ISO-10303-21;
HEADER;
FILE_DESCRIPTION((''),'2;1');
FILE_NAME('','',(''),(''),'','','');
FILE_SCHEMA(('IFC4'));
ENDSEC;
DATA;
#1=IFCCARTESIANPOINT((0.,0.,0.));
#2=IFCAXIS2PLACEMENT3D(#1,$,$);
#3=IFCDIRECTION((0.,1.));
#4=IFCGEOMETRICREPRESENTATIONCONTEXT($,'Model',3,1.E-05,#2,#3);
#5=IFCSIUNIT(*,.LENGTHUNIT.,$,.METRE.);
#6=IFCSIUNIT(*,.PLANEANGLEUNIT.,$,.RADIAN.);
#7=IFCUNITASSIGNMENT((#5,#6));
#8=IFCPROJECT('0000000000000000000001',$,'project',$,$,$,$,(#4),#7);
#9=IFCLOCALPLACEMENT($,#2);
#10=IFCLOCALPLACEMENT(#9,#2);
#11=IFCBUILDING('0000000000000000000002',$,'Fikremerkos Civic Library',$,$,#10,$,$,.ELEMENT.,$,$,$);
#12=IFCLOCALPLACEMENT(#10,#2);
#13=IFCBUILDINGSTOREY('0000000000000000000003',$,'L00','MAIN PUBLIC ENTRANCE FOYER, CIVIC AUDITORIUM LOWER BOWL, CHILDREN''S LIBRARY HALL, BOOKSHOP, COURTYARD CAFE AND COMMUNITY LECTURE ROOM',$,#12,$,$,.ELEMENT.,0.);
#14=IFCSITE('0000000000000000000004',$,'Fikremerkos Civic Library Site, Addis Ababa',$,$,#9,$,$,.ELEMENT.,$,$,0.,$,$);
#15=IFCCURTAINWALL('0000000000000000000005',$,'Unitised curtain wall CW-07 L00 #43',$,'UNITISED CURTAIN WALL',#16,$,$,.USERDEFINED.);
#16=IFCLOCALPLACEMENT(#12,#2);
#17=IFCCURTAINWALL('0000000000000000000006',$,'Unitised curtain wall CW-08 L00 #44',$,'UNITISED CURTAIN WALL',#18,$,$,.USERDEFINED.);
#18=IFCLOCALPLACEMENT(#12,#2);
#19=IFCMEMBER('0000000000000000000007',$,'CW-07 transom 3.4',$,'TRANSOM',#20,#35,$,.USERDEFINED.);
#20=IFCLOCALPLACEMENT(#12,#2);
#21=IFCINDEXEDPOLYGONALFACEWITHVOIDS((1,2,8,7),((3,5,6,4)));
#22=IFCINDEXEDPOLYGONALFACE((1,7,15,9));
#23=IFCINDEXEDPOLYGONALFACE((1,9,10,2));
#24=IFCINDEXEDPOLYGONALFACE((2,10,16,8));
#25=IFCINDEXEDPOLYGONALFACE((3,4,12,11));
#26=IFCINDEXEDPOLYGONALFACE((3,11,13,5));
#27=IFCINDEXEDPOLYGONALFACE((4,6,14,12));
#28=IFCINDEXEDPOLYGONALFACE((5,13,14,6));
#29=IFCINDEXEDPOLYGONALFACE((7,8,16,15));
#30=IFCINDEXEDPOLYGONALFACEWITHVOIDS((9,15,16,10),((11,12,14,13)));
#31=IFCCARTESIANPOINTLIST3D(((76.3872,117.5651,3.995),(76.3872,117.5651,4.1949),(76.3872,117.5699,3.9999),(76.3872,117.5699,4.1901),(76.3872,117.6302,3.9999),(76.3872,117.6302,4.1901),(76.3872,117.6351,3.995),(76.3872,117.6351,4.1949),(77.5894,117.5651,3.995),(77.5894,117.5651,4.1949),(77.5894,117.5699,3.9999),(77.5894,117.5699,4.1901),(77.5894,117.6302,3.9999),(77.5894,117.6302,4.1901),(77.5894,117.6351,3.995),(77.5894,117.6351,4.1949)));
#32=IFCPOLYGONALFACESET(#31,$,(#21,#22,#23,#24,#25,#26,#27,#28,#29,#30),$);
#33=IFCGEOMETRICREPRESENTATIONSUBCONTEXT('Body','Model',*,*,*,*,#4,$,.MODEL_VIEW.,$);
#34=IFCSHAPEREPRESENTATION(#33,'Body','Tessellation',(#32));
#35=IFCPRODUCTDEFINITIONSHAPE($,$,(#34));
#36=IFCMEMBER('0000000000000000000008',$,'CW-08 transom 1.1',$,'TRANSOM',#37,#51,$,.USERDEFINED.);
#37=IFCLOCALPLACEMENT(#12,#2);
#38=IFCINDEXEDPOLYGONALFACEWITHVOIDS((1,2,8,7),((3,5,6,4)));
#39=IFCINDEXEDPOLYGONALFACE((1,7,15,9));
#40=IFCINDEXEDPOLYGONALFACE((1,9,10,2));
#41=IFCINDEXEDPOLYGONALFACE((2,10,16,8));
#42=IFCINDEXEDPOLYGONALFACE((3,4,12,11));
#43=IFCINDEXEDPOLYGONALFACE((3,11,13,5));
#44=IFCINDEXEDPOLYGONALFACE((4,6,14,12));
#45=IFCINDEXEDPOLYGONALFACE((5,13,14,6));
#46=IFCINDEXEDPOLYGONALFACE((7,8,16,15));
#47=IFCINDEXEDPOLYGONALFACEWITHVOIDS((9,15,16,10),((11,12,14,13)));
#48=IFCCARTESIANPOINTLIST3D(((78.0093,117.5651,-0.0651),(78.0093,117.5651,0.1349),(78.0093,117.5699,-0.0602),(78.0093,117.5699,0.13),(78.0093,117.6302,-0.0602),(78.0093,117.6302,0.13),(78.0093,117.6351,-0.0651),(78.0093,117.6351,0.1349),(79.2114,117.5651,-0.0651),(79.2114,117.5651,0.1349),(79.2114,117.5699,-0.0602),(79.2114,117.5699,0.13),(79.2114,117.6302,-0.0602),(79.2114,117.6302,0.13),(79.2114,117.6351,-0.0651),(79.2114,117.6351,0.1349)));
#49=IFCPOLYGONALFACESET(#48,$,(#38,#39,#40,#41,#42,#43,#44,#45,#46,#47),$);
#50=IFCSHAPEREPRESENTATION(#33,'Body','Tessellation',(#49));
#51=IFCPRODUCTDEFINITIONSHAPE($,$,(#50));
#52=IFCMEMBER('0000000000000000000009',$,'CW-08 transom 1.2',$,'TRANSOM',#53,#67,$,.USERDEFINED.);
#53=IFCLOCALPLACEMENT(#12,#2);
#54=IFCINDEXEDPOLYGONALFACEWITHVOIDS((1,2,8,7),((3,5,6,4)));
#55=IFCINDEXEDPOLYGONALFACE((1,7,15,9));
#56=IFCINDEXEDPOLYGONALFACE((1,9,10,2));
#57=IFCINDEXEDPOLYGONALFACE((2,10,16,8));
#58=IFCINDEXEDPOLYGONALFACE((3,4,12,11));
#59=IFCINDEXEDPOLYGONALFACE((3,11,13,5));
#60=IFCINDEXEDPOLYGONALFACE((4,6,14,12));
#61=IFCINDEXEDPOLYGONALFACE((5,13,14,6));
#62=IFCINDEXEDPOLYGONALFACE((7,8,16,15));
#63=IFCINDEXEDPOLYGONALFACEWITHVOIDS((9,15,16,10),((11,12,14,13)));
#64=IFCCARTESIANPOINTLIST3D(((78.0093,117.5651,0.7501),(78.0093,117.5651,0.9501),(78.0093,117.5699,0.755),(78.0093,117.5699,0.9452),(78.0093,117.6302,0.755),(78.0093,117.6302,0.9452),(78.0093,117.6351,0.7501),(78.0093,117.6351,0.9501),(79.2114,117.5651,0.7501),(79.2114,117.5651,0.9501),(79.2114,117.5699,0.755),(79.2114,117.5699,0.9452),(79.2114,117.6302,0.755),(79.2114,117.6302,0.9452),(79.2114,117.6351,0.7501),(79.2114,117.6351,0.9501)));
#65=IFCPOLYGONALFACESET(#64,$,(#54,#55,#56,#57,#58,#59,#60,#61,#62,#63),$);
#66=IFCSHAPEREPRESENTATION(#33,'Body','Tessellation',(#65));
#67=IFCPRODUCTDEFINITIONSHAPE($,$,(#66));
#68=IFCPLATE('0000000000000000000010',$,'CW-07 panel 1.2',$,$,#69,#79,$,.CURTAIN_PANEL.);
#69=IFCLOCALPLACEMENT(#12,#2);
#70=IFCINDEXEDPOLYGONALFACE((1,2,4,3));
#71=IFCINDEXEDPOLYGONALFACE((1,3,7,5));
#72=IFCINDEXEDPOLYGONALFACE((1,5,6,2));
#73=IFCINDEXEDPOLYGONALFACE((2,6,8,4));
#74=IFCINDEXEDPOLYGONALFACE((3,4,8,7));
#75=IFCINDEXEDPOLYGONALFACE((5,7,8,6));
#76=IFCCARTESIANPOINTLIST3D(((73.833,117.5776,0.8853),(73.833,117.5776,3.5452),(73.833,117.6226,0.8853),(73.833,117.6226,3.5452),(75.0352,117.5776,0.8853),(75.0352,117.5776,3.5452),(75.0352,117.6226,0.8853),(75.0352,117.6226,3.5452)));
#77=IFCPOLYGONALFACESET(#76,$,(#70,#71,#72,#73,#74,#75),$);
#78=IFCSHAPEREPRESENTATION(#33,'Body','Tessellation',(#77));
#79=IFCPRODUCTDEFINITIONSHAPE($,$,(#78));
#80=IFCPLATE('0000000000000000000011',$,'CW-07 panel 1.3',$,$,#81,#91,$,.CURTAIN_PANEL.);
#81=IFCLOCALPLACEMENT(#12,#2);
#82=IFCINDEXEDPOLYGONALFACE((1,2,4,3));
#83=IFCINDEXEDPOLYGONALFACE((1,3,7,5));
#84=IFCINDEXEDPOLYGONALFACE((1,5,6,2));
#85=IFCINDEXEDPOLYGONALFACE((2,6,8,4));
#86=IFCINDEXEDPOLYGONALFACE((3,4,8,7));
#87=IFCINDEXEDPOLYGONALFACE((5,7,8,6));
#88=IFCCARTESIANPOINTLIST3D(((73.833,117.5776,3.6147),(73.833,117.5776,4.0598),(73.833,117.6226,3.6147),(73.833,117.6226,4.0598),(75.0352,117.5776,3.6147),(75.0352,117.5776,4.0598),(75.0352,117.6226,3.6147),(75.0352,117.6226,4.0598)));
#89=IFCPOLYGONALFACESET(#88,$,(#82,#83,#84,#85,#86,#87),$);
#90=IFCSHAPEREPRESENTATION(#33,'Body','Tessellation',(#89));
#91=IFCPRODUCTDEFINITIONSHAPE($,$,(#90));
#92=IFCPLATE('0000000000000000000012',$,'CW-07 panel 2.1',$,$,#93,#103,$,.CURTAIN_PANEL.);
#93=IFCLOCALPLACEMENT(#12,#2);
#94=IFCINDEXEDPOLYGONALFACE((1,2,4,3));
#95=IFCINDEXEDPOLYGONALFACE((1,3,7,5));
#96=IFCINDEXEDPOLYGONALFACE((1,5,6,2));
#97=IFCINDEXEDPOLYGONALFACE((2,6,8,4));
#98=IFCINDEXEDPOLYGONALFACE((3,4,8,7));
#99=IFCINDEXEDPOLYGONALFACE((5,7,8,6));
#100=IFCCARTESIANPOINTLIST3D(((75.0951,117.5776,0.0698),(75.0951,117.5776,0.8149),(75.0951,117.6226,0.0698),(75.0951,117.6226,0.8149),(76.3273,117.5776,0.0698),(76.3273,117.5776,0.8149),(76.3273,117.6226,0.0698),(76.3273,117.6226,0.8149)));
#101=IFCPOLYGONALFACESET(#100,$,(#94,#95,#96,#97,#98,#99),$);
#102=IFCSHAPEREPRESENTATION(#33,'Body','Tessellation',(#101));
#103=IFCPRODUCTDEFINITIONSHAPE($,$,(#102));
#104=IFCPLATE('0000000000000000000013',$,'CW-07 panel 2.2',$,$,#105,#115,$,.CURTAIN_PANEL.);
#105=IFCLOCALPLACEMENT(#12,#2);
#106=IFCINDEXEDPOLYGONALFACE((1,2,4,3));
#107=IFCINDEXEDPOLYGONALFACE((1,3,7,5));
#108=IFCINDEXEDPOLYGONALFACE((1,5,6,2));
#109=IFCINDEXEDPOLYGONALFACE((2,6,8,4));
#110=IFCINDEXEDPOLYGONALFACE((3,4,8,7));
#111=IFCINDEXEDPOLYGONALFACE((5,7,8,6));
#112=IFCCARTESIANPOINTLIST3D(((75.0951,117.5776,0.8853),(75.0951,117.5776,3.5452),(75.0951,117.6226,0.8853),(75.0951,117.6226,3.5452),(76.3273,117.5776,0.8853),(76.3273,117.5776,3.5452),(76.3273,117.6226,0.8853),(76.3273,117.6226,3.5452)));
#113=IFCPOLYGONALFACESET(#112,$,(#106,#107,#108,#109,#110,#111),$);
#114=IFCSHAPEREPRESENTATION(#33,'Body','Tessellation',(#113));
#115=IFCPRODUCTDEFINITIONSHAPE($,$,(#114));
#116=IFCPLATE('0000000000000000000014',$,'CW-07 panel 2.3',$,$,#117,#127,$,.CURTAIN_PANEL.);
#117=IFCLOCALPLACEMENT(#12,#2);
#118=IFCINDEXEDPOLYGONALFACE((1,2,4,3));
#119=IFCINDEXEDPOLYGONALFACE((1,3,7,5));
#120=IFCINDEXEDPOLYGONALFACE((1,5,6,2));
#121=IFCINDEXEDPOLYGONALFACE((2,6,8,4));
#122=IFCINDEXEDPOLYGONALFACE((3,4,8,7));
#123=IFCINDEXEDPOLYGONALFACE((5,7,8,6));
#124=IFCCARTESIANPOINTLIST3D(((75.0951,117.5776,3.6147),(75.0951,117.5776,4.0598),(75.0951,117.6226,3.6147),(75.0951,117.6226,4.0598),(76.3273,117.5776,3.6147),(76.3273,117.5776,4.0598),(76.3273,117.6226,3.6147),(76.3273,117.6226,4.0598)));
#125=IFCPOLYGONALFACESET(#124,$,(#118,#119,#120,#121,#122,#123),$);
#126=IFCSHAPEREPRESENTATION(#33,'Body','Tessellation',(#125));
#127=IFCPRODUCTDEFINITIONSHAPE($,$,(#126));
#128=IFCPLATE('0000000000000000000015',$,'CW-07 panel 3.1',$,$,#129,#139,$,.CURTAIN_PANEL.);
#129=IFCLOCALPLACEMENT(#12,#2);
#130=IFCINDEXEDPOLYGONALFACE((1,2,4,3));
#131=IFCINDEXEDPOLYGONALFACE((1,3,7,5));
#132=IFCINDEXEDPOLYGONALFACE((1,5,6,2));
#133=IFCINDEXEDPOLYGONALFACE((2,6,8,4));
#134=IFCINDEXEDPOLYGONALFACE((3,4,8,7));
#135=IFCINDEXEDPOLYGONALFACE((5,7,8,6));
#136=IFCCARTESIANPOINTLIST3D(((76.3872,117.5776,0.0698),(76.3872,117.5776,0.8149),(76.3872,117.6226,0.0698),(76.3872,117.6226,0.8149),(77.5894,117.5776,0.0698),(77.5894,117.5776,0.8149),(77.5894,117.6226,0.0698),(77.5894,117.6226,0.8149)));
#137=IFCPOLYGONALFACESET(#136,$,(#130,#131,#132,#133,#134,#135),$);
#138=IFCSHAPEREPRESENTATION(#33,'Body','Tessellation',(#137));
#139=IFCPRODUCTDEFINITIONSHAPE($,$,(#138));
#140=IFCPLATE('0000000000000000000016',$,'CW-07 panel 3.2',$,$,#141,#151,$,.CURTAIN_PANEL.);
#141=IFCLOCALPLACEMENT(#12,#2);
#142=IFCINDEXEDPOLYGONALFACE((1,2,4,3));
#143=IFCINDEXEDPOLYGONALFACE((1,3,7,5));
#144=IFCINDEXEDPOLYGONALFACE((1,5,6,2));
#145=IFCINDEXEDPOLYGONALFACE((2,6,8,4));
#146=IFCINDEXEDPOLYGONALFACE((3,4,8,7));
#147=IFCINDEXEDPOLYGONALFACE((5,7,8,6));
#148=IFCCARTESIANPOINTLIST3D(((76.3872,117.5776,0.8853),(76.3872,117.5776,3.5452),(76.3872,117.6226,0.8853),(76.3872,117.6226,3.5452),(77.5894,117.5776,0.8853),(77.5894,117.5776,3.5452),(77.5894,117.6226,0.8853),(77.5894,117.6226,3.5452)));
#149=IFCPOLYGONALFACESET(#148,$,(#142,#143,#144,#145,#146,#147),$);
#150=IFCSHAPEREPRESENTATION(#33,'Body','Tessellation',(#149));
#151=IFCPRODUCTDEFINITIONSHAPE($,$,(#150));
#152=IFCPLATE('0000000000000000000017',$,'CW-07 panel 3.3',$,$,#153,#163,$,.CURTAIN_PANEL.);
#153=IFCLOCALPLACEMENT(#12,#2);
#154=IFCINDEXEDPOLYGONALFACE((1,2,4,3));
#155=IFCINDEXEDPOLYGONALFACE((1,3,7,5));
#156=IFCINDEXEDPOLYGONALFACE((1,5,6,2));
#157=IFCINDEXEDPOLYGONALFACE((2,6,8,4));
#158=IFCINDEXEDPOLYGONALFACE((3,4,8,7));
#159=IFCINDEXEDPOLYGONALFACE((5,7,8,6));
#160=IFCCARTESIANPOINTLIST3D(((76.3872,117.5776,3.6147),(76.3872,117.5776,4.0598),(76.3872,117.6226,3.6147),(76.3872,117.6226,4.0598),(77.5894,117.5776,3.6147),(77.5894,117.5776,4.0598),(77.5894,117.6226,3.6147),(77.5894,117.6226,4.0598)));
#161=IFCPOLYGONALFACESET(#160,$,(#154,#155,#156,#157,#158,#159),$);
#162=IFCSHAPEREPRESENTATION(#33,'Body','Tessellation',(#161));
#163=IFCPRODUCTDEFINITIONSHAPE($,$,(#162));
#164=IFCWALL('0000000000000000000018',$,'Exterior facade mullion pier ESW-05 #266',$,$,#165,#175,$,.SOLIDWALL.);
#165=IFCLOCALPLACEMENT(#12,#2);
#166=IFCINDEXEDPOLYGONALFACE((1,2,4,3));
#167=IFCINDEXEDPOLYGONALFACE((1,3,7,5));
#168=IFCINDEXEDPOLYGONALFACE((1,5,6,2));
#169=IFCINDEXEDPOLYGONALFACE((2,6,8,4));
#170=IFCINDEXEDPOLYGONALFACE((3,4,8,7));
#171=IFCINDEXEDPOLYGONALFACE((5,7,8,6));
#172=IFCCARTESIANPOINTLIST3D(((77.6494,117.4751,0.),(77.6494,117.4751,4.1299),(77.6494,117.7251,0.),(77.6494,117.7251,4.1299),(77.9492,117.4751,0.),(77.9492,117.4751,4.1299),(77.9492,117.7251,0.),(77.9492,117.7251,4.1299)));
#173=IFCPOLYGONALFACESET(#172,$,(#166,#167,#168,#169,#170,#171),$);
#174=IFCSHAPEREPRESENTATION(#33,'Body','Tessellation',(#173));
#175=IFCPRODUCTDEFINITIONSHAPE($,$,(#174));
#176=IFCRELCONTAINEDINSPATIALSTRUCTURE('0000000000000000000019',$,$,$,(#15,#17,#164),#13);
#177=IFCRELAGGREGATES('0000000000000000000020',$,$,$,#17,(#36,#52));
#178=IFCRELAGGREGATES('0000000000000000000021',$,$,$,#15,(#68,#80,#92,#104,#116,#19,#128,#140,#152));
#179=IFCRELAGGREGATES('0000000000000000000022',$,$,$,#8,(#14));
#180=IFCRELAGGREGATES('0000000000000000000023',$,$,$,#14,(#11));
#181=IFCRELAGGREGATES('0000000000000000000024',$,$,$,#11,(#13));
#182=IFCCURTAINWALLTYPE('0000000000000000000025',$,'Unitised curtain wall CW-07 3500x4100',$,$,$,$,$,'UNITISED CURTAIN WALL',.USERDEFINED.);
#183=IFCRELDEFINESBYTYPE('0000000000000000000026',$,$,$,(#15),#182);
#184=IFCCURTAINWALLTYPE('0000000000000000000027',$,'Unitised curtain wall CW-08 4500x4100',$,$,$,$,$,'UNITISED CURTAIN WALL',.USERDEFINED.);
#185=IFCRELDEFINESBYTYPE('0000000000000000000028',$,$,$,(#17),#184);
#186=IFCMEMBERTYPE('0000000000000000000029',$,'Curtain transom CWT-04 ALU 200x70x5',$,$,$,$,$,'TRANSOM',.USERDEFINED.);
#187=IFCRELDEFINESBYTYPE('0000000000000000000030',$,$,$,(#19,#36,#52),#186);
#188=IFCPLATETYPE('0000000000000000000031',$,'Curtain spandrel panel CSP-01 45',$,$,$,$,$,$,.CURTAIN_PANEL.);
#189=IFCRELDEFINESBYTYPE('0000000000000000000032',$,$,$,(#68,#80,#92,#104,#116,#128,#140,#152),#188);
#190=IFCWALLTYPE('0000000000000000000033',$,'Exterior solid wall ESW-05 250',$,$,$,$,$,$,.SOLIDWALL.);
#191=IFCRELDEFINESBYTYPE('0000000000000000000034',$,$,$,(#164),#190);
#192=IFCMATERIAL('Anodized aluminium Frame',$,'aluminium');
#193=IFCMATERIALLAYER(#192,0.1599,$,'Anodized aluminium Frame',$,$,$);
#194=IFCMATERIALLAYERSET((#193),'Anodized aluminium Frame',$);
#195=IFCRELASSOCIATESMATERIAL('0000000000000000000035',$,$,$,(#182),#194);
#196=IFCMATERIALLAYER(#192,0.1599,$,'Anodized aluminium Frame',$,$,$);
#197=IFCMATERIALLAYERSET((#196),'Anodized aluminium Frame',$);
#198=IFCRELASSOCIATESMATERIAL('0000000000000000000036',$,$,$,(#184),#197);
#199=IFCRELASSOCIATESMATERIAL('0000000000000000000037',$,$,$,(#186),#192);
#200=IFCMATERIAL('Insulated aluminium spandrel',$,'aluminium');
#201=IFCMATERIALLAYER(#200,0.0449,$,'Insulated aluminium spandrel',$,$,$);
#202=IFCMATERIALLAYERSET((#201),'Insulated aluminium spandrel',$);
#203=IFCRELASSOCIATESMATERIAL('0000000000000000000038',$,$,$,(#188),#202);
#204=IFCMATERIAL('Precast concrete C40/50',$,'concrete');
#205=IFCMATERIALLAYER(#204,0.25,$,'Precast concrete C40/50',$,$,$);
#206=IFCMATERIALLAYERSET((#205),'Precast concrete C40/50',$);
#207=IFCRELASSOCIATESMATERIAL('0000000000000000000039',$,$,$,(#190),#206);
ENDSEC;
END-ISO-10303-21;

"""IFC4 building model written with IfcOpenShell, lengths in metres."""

from ifc_helpers import new_model, si_unit, direction, frame, frame_2d, origin, origin_2d, place, context, subcontext, project, spatial, rectangle, hollow_rectangle, extrude, material, layer, layer_set, material_profile, profile_set, type_object, element, aggregate, save


model = new_model("IFC4")

# Units and contexts
model_context = context("Model", 3, precision=1e-05, world=origin(), true_north=direction((0.0, 1.0)))
body_context = subcontext(model_context, "Body", "Model", "MODEL_VIEW")
ifc_project = project(units=[si_unit("LENGTHUNIT", "METRE"), si_unit("PLANEANGLEUNIT", "RADIAN")], contexts=[model_context])

# Site, building, storey
site_placement = place(None, origin())
site = spatial("IfcSite", under=ifc_project, at=site_placement, Name="Fikremerkos Civic Library Site, Addis Ababa", CompositionType="ELEMENT", RefElevation=0.0)
building_placement = place(site_placement, origin())
building = spatial("IfcBuilding", under=site, at=building_placement, Name="Fikremerkos Civic Library", CompositionType="ELEMENT")
storey_placement = place(building_placement, origin())
storey = spatial("IfcBuildingStorey", under=building, at=storey_placement, Name="L00", Description="MAIN PUBLIC ENTRANCE FOYER, CIVIC AUDITORIUM LOWER BOWL, CHILDREN'S LIBRARY HALL, BOOKSHOP, COURTYARD CAFE AND COMMUNITY LECTURE ROOM", CompositionType="ELEMENT", Elevation=0.0)

# Curtain wall
ifc_material_1 = material(Name="Anodized aluminium Frame", Category="aluminium")
ifc_layer_1 = layer(ifc_material_1, 0.1599, Name="Anodized aluminium Frame")
ifc_layer_set_1 = layer_set([ifc_layer_1], Name="Anodized aluminium Frame")
curtain_wall_type_1 = type_object("IfcCurtainWallType", Name="Unitised curtain wall CW-07 3500x4100", ElementType="UNITISED CURTAIN WALL", PredefinedType="USERDEFINED", material=ifc_layer_set_1)
curtain_wall_1_placement = place(storey_placement, origin())
curtain_wall_1 = element("IfcCurtainWall", 1, at=curtain_wall_1_placement, inside=storey, type_object=curtain_wall_type_1, Name="Unitised curtain wall CW-07 L00 #43", ObjectType="UNITISED CURTAIN WALL", PredefinedType="USERDEFINED")

# Curtain wall
ifc_layer_2 = layer(ifc_material_1, 0.1599, Name="Anodized aluminium Frame")
ifc_layer_set_2 = layer_set([ifc_layer_2], Name="Anodized aluminium Frame")
curtain_wall_type_2 = type_object("IfcCurtainWallType", Name="Unitised curtain wall CW-08 4500x4100", ElementType="UNITISED CURTAIN WALL", PredefinedType="USERDEFINED", material=ifc_layer_set_2)
curtain_wall_2_placement = place(storey_placement, origin())
curtain_wall_2 = element("IfcCurtainWall", 2, at=curtain_wall_2_placement, inside=storey, type_object=curtain_wall_type_2, Name="Unitised curtain wall CW-08 L00 #44", ObjectType="UNITISED CURTAIN WALL", PredefinedType="USERDEFINED")

# Members
ifc_material_profile_1 = material_profile(ifc_material_1, hollow_rectangle(XDim=0.0701, YDim=0.2, WallThickness=0.0049, at=origin_2d()), Name="ALU 200x70x5")
ifc_profile_set_1 = profile_set([ifc_material_profile_1], Name="Anodized aluminium Frame")
member_type_1 = type_object("IfcMemberType", Name="Curtain transom CWT-04 ALU 200x70x5", ElementType="TRANSOM", PredefinedType="USERDEFINED", material=ifc_profile_set_1)
member_1_placement = place(storey_placement, frame((76.3872, 117.6001, 4.095), z_axis=(1.0, 0.0, 0.0), x_axis=(0.0, 1.0, 0.0)))
member_1 = element("IfcMember", 3, at=member_1_placement, type_object=member_type_1, Name="CW-07 transom 3.4", ObjectType="TRANSOM", PredefinedType="USERDEFINED", context=body_context, shape_type="SweptSolid", body=[
    extrude(hollow_rectangle(XDim=0.0701, YDim=0.2, WallThickness=0.0049, at=origin_2d()), origin(), (0.0, 0.0, 1.0), 1.2021),
])
member_2_placement = place(storey_placement, frame((78.0093, 117.6001, 0.0349), z_axis=(1.0, 0.0, 0.0), x_axis=(0.0, 1.0, 0.0)))
member_2 = element("IfcMember", 4, at=member_2_placement, type_object=member_type_1, Name="CW-08 transom 1.1", ObjectType="TRANSOM", PredefinedType="USERDEFINED", context=body_context, shape_type="SweptSolid", body=[
    extrude(hollow_rectangle(XDim=0.0701, YDim=0.2, WallThickness=0.0049, at=origin_2d()), origin(), (0.0, 0.0, 1.0), 1.2021),
])
member_3_placement = place(storey_placement, frame((78.0093, 117.6001, 0.8501), z_axis=(1.0, 0.0, 0.0), x_axis=(0.0, 1.0, 0.0)))
member_3 = element("IfcMember", 5, at=member_3_placement, type_object=member_type_1, Name="CW-08 transom 1.2", ObjectType="TRANSOM", PredefinedType="USERDEFINED", context=body_context, shape_type="SweptSolid", body=[
    extrude(hollow_rectangle(XDim=0.0701, YDim=0.2, WallThickness=0.0049, at=origin_2d()), origin(), (0.0, 0.0, 1.0), 1.2021),
])
aggregate(curtain_wall_2, [member_2, member_3])

# Plates
ifc_material_2 = material(Name="Insulated aluminium spandrel", Category="aluminium")
ifc_layer_3 = layer(ifc_material_2, 0.0449, Name="Insulated aluminium spandrel")
ifc_layer_set_3 = layer_set([ifc_layer_3], Name="Insulated aluminium spandrel")
plate_type = type_object("IfcPlateType", Name="Curtain spandrel panel CSP-01 45", PredefinedType="CURTAIN_PANEL", material=ifc_layer_set_3)
plate_1_placement = place(storey_placement, frame((74.4341, 117.6001, 0.8853), z_axis=(0.0, 0.0, 1.0), x_axis=(1.0, 0.0, 0.0)))
plate_1 = element("IfcPlate", 6, at=plate_1_placement, type_object=plate_type, Name="CW-07 panel 1.2", PredefinedType="CURTAIN_PANEL", context=body_context, shape_type="SweptSolid", body=[
    extrude(rectangle(XDim=1.2021, YDim=0.0449, at=origin_2d()), origin(), (0.0, 0.0, 1.0), 2.6599),
])
plate_2_placement = place(storey_placement, frame((74.4341, 117.6001, 3.6147), z_axis=(0.0, 0.0, 1.0), x_axis=(1.0, 0.0, 0.0)))
plate_2 = element("IfcPlate", 7, at=plate_2_placement, type_object=plate_type, Name="CW-07 panel 1.3", PredefinedType="CURTAIN_PANEL", context=body_context, shape_type="SweptSolid", body=[
    extrude(rectangle(XDim=1.2021, YDim=0.0449, at=origin_2d()), origin(), (0.0, 0.0, 1.0), 0.4451),
])
plate_3_placement = place(storey_placement, frame((75.7112, 117.6001, 0.0698), z_axis=(0.0, 0.0, 1.0), x_axis=(1.0, 0.0, 0.0)))
plate_3 = element("IfcPlate", 8, at=plate_3_placement, type_object=plate_type, Name="CW-07 panel 2.1", PredefinedType="CURTAIN_PANEL", context=body_context, shape_type="SweptSolid", body=[
    extrude(rectangle(XDim=1.2322, YDim=0.0449, at=origin_2d()), origin(), (0.0, 0.0, 1.0), 0.7451),
])
plate_4_placement = place(storey_placement, frame((75.7112, 117.6001, 0.8853), z_axis=(0.0, 0.0, 1.0), x_axis=(1.0, 0.0, 0.0)))
plate_4 = element("IfcPlate", 9, at=plate_4_placement, type_object=plate_type, Name="CW-07 panel 2.2", PredefinedType="CURTAIN_PANEL", context=body_context, shape_type="SweptSolid", body=[
    extrude(rectangle(XDim=1.2322, YDim=0.0449, at=origin_2d()), origin(), (0.0, 0.0, 1.0), 2.6599),
])
plate_5_placement = place(storey_placement, frame((75.7112, 117.6001, 3.6147), z_axis=(0.0, 0.0, 1.0), x_axis=(1.0, 0.0, 0.0)))
plate_5 = element("IfcPlate", 10, at=plate_5_placement, type_object=plate_type, Name="CW-07 panel 2.3", PredefinedType="CURTAIN_PANEL", context=body_context, shape_type="SweptSolid", body=[
    extrude(rectangle(XDim=1.2322, YDim=0.0449, at=origin_2d()), origin(), (0.0, 0.0, 1.0), 0.4451),
])
plate_6_placement = place(storey_placement, frame((76.9883, 117.6001, 0.0698), z_axis=(0.0, 0.0, 1.0), x_axis=(1.0, 0.0, 0.0)))
plate_6 = element("IfcPlate", 11, at=plate_6_placement, type_object=plate_type, Name="CW-07 panel 3.1", PredefinedType="CURTAIN_PANEL", context=body_context, shape_type="SweptSolid", body=[
    extrude(rectangle(XDim=1.2021, YDim=0.0449, at=origin_2d()), origin(), (0.0, 0.0, 1.0), 0.7451),
])
plate_7_placement = place(storey_placement, frame((76.9883, 117.6001, 0.8853), z_axis=(0.0, 0.0, 1.0), x_axis=(1.0, 0.0, 0.0)))
plate_7 = element("IfcPlate", 12, at=plate_7_placement, type_object=plate_type, Name="CW-07 panel 3.2", PredefinedType="CURTAIN_PANEL", context=body_context, shape_type="SweptSolid", body=[
    extrude(rectangle(XDim=1.2021, YDim=0.0449, at=origin_2d()), origin(), (0.0, 0.0, 1.0), 2.6599),
])
plate_8_placement = place(storey_placement, frame((76.9883, 117.6001, 3.6147), z_axis=(0.0, 0.0, 1.0), x_axis=(1.0, 0.0, 0.0)))
plate_8 = element("IfcPlate", 13, at=plate_8_placement, type_object=plate_type, Name="CW-07 panel 3.3", PredefinedType="CURTAIN_PANEL", context=body_context, shape_type="SweptSolid", body=[
    extrude(rectangle(XDim=1.2021, YDim=0.0449, at=origin_2d()), origin(), (0.0, 0.0, 1.0), 0.4451),
])
aggregate(curtain_wall_1, [plate_1, plate_2, plate_3, plate_4, plate_5, member_1, plate_6, plate_7, plate_8])

# Wall
ifc_material_3 = material(Name="Precast concrete C40/50", Category="concrete")
ifc_layer_4 = layer(ifc_material_3, 0.25, Name="Precast concrete C40/50")
ifc_layer_set_4 = layer_set([ifc_layer_4], Name="Precast concrete C40/50")
wall_type = type_object("IfcWallType", Name="Exterior solid wall ESW-05 250", PredefinedType="SOLIDWALL", material=ifc_layer_set_4)
wall_placement = place(storey_placement, frame((77.6494, 117.6001, 0.0), z_axis=(0.0, 0.0, 1.0), x_axis=(1.0, 0.0, 0.0)))
element("IfcWall", 14, at=wall_placement, inside=storey, type_object=wall_type, Name="Exterior facade mullion pier ESW-05 #266", PredefinedType="SOLIDWALL", context=body_context, shape_type="SweptSolid", body=[
    extrude(rectangle(XDim=0.2998, YDim=0.25, at=frame_2d((0.1499, 0.0))), origin(), (0.0, 0.0, 1.0), 4.1299),
])

save(model, "model.ifc")
